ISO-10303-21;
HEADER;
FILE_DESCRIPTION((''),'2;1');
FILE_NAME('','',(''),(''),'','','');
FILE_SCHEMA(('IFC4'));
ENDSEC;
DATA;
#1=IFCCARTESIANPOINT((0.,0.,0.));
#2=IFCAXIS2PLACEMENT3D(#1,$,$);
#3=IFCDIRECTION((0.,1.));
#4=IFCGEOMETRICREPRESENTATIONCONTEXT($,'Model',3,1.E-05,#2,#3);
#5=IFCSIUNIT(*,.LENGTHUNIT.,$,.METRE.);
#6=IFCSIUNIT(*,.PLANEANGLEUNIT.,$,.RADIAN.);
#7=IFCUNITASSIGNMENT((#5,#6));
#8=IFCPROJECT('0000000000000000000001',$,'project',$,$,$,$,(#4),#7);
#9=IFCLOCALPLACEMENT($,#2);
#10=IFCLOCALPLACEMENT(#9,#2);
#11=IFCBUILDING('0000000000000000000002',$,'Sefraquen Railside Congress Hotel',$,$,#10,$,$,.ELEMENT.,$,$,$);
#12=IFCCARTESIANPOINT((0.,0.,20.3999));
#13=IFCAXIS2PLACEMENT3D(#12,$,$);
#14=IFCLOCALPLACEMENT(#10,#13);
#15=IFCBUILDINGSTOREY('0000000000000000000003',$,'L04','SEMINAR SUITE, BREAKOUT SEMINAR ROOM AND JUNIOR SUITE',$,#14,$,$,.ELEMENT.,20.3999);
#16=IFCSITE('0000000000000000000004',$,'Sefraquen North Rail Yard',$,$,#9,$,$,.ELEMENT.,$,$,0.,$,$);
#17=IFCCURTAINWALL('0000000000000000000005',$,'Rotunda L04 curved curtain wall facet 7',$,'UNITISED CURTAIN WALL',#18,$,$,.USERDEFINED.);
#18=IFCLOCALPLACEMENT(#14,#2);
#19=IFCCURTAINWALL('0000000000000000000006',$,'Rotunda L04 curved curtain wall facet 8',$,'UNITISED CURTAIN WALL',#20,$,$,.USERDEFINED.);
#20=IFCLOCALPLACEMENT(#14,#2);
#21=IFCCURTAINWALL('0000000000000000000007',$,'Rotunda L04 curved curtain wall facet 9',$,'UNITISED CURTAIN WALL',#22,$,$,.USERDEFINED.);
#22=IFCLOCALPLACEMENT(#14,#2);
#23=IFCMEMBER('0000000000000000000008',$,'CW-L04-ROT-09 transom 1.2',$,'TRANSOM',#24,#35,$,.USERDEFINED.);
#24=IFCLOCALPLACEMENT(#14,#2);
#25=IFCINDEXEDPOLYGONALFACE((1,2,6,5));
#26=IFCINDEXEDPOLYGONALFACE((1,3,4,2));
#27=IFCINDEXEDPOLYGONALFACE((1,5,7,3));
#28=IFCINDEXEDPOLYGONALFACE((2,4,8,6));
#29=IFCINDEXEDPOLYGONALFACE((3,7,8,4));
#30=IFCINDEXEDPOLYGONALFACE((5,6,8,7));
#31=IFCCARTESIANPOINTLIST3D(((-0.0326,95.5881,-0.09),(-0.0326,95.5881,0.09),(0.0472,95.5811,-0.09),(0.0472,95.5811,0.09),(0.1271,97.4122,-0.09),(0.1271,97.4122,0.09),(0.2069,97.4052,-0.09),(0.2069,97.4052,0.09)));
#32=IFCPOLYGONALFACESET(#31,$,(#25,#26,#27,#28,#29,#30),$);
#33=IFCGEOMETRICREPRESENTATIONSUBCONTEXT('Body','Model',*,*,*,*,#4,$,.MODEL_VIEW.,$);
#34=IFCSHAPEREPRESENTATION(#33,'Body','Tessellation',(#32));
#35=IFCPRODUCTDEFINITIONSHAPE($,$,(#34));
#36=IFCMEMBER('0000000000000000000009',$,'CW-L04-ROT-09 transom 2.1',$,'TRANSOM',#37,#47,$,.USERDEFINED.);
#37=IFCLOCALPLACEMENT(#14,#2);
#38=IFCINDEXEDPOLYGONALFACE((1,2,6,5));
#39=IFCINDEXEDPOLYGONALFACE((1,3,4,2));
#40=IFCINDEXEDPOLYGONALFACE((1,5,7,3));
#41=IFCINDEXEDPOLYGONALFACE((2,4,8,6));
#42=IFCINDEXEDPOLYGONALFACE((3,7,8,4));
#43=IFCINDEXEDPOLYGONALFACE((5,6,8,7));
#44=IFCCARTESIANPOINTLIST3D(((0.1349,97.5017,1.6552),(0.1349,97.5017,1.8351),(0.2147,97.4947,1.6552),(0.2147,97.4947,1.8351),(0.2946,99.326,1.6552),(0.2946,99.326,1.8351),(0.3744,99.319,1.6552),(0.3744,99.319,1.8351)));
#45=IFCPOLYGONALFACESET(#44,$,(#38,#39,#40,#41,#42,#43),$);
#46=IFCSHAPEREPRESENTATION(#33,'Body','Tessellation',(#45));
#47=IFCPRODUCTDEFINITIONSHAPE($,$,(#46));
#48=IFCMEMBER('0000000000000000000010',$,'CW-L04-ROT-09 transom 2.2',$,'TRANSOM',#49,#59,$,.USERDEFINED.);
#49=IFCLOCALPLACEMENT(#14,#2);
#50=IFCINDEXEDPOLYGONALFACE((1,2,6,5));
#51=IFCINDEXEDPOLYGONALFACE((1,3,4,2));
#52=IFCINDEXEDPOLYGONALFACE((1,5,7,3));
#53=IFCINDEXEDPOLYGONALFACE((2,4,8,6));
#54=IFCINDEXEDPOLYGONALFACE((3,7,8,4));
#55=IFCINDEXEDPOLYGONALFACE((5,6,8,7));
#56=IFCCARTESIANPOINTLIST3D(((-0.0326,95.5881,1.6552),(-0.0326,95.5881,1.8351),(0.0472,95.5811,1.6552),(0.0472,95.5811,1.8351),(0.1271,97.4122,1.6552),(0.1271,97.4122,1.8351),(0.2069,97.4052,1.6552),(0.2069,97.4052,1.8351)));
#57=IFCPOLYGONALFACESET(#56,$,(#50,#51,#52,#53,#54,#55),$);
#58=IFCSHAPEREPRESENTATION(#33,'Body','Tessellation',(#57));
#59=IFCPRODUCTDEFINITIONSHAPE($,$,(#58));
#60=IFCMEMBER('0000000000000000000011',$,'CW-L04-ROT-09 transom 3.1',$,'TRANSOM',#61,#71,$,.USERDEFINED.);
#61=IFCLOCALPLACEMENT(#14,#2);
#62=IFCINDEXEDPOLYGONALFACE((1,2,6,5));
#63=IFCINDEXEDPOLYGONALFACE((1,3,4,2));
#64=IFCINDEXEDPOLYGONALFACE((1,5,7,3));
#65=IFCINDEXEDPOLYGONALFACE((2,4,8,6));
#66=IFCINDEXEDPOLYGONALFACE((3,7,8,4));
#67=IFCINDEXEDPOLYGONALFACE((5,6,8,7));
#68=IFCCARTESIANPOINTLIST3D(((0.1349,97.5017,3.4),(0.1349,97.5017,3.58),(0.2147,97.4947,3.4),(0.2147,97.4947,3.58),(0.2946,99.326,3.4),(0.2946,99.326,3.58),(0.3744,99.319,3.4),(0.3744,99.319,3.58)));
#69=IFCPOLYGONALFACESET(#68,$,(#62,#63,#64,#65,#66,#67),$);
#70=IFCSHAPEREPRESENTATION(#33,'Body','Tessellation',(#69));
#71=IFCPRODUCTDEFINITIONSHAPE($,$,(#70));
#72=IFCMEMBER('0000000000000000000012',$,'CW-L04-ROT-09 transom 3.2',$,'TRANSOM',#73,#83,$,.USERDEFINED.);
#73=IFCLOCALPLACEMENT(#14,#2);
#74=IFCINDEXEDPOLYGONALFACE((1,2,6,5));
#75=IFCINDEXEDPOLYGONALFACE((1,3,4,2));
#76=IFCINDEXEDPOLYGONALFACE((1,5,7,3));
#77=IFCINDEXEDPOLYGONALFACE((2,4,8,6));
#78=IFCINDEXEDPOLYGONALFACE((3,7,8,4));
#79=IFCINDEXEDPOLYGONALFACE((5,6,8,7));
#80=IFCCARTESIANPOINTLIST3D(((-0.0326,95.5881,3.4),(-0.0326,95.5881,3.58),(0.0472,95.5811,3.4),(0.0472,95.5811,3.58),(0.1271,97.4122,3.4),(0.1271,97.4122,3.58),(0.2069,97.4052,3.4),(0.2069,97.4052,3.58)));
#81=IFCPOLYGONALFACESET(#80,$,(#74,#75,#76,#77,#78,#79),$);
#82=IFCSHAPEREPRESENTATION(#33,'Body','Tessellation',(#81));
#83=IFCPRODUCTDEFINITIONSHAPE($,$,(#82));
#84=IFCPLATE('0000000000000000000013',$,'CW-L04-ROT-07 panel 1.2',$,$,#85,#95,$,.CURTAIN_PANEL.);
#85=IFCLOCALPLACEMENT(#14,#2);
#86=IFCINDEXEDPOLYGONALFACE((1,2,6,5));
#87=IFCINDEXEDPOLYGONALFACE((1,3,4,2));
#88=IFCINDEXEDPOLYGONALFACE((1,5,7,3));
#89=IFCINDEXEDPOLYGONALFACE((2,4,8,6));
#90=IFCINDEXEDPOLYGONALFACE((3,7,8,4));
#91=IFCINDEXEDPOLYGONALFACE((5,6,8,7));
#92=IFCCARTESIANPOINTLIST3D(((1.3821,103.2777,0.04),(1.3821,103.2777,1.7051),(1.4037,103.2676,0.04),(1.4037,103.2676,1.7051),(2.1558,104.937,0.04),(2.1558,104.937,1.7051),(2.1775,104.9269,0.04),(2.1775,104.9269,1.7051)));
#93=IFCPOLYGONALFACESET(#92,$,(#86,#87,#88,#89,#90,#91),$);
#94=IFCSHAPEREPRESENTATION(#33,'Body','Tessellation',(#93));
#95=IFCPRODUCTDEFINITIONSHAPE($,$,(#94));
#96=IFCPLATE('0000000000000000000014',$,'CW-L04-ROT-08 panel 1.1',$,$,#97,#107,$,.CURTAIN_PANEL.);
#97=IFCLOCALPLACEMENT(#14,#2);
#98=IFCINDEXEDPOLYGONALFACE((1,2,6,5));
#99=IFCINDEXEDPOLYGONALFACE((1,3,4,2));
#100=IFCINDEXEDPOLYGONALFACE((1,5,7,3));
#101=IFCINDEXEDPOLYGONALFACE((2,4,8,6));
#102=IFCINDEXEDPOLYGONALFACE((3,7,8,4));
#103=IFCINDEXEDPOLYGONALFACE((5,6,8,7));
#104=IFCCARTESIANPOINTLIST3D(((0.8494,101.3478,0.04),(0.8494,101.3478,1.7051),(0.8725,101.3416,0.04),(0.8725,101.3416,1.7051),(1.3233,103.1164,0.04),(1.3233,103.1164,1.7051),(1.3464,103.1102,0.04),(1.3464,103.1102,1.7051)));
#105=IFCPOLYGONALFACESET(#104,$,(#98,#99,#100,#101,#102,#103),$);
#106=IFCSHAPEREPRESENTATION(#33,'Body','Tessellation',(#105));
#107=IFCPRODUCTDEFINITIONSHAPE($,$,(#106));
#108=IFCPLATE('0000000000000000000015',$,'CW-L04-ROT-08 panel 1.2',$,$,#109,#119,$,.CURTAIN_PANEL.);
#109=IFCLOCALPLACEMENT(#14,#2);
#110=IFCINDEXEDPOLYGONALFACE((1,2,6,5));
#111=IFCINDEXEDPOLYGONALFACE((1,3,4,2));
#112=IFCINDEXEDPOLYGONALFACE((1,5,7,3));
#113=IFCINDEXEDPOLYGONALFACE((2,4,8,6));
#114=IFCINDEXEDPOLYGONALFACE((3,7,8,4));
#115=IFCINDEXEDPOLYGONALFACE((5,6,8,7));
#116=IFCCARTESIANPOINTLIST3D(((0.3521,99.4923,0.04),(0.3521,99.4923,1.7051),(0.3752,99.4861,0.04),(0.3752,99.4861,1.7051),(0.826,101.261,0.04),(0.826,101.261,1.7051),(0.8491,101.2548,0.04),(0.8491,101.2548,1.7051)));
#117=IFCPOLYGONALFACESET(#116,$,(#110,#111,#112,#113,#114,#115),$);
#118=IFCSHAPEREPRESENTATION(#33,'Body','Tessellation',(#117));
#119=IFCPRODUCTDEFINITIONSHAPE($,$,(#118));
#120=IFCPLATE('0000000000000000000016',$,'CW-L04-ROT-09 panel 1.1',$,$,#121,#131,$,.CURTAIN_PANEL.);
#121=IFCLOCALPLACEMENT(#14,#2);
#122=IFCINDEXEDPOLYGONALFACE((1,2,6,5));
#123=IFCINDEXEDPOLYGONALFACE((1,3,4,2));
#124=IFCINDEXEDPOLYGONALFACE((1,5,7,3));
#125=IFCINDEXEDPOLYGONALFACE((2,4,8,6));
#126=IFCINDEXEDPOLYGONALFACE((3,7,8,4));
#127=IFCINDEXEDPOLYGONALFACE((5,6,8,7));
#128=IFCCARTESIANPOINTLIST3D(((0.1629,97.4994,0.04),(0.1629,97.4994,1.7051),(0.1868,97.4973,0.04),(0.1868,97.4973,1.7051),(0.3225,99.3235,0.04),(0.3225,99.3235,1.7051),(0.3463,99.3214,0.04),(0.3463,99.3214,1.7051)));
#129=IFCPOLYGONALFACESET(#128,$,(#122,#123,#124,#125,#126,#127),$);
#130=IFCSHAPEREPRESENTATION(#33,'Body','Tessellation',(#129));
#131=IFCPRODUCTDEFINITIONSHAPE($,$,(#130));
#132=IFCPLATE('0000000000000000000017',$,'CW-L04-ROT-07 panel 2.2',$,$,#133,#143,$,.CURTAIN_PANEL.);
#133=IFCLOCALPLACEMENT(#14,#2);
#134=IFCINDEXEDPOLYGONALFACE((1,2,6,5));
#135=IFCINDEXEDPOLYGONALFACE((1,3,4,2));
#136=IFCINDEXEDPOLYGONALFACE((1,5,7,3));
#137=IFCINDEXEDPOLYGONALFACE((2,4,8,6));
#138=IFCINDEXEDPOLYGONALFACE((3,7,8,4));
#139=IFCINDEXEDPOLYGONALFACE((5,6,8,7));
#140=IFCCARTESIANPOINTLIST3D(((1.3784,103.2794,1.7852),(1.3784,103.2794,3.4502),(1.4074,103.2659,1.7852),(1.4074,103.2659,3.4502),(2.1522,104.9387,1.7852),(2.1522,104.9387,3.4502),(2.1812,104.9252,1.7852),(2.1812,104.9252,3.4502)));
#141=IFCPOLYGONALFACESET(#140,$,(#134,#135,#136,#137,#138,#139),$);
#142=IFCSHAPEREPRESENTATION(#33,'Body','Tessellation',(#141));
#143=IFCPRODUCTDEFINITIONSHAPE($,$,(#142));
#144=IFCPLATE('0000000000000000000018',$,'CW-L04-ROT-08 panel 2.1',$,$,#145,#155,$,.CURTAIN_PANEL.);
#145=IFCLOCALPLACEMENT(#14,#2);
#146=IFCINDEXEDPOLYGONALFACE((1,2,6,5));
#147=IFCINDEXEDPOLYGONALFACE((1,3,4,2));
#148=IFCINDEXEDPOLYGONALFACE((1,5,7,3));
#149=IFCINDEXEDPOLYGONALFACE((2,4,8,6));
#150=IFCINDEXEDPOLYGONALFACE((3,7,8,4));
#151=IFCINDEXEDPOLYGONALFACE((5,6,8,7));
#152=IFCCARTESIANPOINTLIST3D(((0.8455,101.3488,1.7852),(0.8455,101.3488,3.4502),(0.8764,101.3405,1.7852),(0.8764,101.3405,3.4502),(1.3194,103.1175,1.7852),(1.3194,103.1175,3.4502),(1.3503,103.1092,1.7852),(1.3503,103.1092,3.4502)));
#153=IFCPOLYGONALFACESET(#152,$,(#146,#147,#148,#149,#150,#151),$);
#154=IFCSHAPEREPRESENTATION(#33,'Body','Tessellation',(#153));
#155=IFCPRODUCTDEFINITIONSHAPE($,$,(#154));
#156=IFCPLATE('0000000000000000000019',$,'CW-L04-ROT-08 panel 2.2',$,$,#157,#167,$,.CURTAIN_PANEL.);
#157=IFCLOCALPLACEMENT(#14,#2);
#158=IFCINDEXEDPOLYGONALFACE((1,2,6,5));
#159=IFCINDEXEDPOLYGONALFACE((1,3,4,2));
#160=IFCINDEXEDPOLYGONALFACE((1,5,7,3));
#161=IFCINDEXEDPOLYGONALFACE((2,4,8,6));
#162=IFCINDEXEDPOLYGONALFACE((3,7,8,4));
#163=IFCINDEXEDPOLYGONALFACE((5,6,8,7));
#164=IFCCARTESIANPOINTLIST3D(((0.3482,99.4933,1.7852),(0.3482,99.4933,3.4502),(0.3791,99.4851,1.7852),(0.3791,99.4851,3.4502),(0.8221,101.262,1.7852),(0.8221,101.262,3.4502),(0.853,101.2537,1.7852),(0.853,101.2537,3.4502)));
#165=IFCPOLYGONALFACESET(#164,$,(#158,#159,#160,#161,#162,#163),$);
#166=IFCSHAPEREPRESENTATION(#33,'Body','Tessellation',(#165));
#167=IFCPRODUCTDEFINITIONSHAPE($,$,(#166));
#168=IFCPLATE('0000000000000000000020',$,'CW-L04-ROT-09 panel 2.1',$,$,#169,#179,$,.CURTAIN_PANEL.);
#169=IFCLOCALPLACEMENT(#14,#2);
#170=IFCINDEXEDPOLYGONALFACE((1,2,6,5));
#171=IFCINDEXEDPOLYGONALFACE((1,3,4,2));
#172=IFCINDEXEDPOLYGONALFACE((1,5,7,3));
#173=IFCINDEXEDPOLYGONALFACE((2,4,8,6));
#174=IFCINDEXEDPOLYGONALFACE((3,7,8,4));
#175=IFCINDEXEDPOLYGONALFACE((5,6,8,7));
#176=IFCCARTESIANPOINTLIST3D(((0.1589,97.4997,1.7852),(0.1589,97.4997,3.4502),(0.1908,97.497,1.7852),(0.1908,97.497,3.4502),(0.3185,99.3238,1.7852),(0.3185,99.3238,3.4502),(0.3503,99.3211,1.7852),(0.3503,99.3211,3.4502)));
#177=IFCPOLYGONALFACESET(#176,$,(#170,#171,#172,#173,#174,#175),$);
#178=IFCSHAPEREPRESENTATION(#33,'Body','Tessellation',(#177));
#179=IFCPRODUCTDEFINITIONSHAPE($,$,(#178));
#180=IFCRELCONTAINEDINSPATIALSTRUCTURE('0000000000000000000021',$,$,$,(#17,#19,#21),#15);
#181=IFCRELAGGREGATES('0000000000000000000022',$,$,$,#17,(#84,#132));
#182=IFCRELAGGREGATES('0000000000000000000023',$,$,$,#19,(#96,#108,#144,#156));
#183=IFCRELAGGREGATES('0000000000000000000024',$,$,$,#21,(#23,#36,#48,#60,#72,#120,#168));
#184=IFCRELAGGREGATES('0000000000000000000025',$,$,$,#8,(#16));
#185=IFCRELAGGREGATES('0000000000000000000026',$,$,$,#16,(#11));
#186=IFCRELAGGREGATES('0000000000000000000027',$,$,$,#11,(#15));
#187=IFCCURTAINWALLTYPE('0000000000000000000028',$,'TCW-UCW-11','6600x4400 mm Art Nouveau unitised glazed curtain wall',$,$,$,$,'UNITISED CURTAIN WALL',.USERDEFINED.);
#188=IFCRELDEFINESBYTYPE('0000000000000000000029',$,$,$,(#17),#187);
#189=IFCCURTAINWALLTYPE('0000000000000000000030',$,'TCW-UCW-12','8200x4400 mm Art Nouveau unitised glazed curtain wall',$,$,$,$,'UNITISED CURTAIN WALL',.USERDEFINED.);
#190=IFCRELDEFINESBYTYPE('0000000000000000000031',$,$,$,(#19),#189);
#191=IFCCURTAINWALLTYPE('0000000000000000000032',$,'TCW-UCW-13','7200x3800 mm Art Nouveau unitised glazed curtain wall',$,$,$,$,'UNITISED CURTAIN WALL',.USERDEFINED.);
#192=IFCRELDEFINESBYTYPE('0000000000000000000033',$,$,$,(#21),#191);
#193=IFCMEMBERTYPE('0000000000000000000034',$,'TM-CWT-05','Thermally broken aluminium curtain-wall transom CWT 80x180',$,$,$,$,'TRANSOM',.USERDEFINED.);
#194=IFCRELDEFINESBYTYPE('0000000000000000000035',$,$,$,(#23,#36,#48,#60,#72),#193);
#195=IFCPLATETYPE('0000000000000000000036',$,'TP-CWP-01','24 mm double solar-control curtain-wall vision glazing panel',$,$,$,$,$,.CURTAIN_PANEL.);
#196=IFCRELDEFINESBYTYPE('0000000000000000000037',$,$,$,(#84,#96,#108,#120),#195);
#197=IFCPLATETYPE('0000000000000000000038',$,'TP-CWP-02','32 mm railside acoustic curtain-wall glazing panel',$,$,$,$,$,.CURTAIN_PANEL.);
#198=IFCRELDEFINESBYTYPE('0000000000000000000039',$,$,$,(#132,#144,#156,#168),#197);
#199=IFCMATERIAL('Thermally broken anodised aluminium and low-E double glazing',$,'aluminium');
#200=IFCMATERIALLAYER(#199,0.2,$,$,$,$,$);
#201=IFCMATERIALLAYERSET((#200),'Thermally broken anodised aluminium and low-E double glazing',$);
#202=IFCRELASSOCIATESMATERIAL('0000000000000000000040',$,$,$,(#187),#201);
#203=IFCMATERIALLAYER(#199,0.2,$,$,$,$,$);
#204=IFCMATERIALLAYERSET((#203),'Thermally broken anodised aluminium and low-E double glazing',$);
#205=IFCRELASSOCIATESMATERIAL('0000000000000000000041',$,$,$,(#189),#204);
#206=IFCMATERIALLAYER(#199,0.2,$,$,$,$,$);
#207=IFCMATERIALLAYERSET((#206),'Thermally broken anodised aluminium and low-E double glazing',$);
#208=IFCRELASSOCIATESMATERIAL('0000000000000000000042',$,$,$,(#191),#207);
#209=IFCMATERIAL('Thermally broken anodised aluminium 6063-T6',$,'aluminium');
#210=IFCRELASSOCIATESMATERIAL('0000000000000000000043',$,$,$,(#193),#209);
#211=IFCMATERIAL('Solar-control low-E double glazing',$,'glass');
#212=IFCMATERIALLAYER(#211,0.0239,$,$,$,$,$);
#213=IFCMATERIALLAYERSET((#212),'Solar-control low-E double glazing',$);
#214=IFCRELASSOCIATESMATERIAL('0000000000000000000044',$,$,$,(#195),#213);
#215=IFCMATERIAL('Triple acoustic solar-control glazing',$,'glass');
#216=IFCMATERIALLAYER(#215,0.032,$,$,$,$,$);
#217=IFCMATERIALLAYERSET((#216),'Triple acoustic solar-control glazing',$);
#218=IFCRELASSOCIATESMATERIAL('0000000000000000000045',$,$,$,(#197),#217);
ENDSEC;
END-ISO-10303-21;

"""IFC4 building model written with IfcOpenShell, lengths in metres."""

from ifc_helpers import new_model, si_unit, direction, frame, origin, origin_2d, place, context, subcontext, project, spatial, rectangle, extrude, material, layer, layer_set, material_profile, profile_set, type_object, element, aggregate, save


model = new_model("IFC4")

# Units and contexts
model_context = context("Model", 3, precision=1e-05, world=origin(), true_north=direction((0.0, 1.0)))
body_context = subcontext(model_context, "Body", "Model", "MODEL_VIEW")
ifc_project = project(units=[si_unit("LENGTHUNIT", "METRE"), si_unit("PLANEANGLEUNIT", "RADIAN")], contexts=[model_context])

# Site, building, storey
site_placement = place(None, origin())
site = spatial("IfcSite", under=ifc_project, at=site_placement, Name="Sefraquen North Rail Yard", CompositionType="ELEMENT", RefElevation=0.0)
building_placement = place(site_placement, origin())
building = spatial("IfcBuilding", under=site, at=building_placement, Name="Sefraquen Railside Congress Hotel", CompositionType="ELEMENT")
storey_placement = place(building_placement, frame((0.0, 0.0, 20.3999)))
storey = spatial("IfcBuildingStorey", under=building, at=storey_placement, Name="L04", Description="SEMINAR SUITE, BREAKOUT SEMINAR ROOM AND JUNIOR SUITE", CompositionType="ELEMENT", Elevation=20.3999)

# Curtain walls
ifc_material_1 = material(Name="Thermally broken anodised aluminium and low-E double glazing", Category="aluminium")
ifc_layer_1 = layer(ifc_material_1, 0.2)
ifc_layer_set_1 = layer_set([ifc_layer_1], Name="Thermally broken anodised aluminium and low-E double glazing")
curtain_wall_type_1 = type_object("IfcCurtainWallType", Name="TCW-UCW-11", Description="6600x4400 mm Art Nouveau unitised glazed curtain wall", ElementType="UNITISED CURTAIN WALL", PredefinedType="USERDEFINED", material=ifc_layer_set_1)
curtain_wall_1_placement = place(storey_placement, origin())
curtain_wall_1 = element("IfcCurtainWall", 1, at=curtain_wall_1_placement, inside=storey, type_object=curtain_wall_type_1, Name="Rotunda L04 curved curtain wall facet 7", ObjectType="UNITISED CURTAIN WALL", PredefinedType="USERDEFINED")
ifc_material_2 = material(Name="Thermally broken anodised aluminium 6063-T6", Category="aluminium")
ifc_layer_2 = layer(ifc_material_1, 0.2)
ifc_layer_set_2 = layer_set([ifc_layer_2], Name="Thermally broken anodised aluminium and low-E double glazing")
curtain_wall_type_2 = type_object("IfcCurtainWallType", Name="TCW-UCW-12", Description="8200x4400 mm Art Nouveau unitised glazed curtain wall", ElementType="UNITISED CURTAIN WALL", PredefinedType="USERDEFINED", material=ifc_layer_set_2)
curtain_wall_2_placement = place(storey_placement, origin())
curtain_wall_2 = element("IfcCurtainWall", 2, at=curtain_wall_2_placement, inside=storey, type_object=curtain_wall_type_2, Name="Rotunda L04 curved curtain wall facet 8", ObjectType="UNITISED CURTAIN WALL", PredefinedType="USERDEFINED")
ifc_layer_3 = layer(ifc_material_1, 0.2)
ifc_layer_set_3 = layer_set([ifc_layer_3], Name="Thermally broken anodised aluminium and low-E double glazing")
curtain_wall_type_3 = type_object("IfcCurtainWallType", Name="TCW-UCW-13", Description="7200x3800 mm Art Nouveau unitised glazed curtain wall", ElementType="UNITISED CURTAIN WALL", PredefinedType="USERDEFINED", material=ifc_layer_set_3)
curtain_wall_3_placement = place(storey_placement, origin())
curtain_wall_3 = element("IfcCurtainWall", 3, at=curtain_wall_3_placement, inside=storey, type_object=curtain_wall_type_3, Name="Rotunda L04 curved curtain wall facet 9", ObjectType="UNITISED CURTAIN WALL", PredefinedType="USERDEFINED")

# Members
ifc_material_profile_1 = material_profile(ifc_material_2, rectangle(XDim=0.0801, YDim=0.1799, at=origin_2d()), Name="CWT 80x180")
ifc_profile_set_1 = profile_set([ifc_material_profile_1], Name="Thermally broken anodised aluminium 6063-T6")
member_type_1 = type_object("IfcMemberType", Name="TM-CWT-05", Description="Thermally broken aluminium curtain-wall transom CWT 80x180", ElementType="TRANSOM", PredefinedType="USERDEFINED", material=ifc_profile_set_1)
member_1_placement = place(storey_placement, frame((0.167, 97.4087, 0.0), z_axis=(-0.087205, -0.99619, 0.0), x_axis=(0.99619, -0.087205, 0.0)))
member_1 = element("IfcMember", 4, at=member_1_placement, type_object=member_type_1, Name="CW-L04-ROT-09 transom 1.2", ObjectType="TRANSOM", PredefinedType="USERDEFINED", context=body_context, shape_type="SweptSolid", body=[
    extrude(rectangle(XDim=0.0801, YDim=0.1799, at=origin_2d()), origin(), (0.0, 0.0, 1.0), 1.8311),
])
member_2_placement = place(storey_placement, frame((0.3345, 99.3225, 1.7451), z_axis=(-0.087193, -0.996191, 0.0), x_axis=(0.996191, -0.087193, 0.0)))
member_2 = element("IfcMember", 5, at=member_2_placement, type_object=member_type_1, Name="CW-L04-ROT-09 transom 2.1", ObjectType="TRANSOM", PredefinedType="USERDEFINED", context=body_context, shape_type="SweptSolid", body=[
    extrude(rectangle(XDim=0.0801, YDim=0.1799, at=origin_2d()), origin(), (0.0, 0.0, 1.0), 1.8313),
])
member_3_placement = place(storey_placement, frame((0.167, 97.4087, 1.7451), z_axis=(-0.087205, -0.99619, 0.0), x_axis=(0.99619, -0.087205, 0.0)))
member_3 = element("IfcMember", 6, at=member_3_placement, type_object=member_type_1, Name="CW-L04-ROT-09 transom 2.2", ObjectType="TRANSOM", PredefinedType="USERDEFINED", context=body_context, shape_type="SweptSolid", body=[
    extrude(rectangle(XDim=0.0801, YDim=0.1799, at=origin_2d()), origin(), (0.0, 0.0, 1.0), 1.8311),
])
member_4_placement = place(storey_placement, frame((0.3345, 99.3225, 3.49), z_axis=(-0.087193, -0.996191, 0.0), x_axis=(0.996191, -0.087193, 0.0)))
member_4 = element("IfcMember", 7, at=member_4_placement, type_object=member_type_1, Name="CW-L04-ROT-09 transom 3.1", ObjectType="TRANSOM", PredefinedType="USERDEFINED", context=body_context, shape_type="SweptSolid", body=[
    extrude(rectangle(XDim=0.0801, YDim=0.1799, at=origin_2d()), origin(), (0.0, 0.0, 1.0), 1.8313),
])
member_5_placement = place(storey_placement, frame((0.167, 97.4087, 3.49), z_axis=(-0.087205, -0.99619, 0.0), x_axis=(0.99619, -0.087205, 0.0)))
member_5 = element("IfcMember", 8, at=member_5_placement, type_object=member_type_1, Name="CW-L04-ROT-09 transom 3.2", ObjectType="TRANSOM", PredefinedType="USERDEFINED", context=body_context, shape_type="SweptSolid", body=[
    extrude(rectangle(XDim=0.0801, YDim=0.1799, at=origin_2d()), origin(), (0.0, 0.0, 1.0), 1.8311),
])

# Plates
ifc_material_3 = material(Name="Solar-control low-E double glazing", Category="glass")
ifc_layer_4 = layer(ifc_material_3, 0.0239)
ifc_layer_set_4 = layer_set([ifc_layer_4], Name="Solar-control low-E double glazing")
plate_type_1 = type_object("IfcPlateType", Name="TP-CWP-01", Description="24 mm double solar-control curtain-wall vision glazing panel", PredefinedType="CURTAIN_PANEL", material=ifc_layer_set_4)
plate_1_placement = place(storey_placement, frame((1.7798, 104.1023, 0.04), z_axis=(0.0, 0.0, 1.0), x_axis=(-0.422634, -0.9063, 0.0)))
plate_1 = element("IfcPlate", 9, at=plate_1_placement, type_object=plate_type_1, Name="CW-L04-ROT-07 panel 1.2", PredefinedType="CURTAIN_PANEL", context=body_context, shape_type="SweptSolid", body=[
    extrude(rectangle(XDim=1.8308, YDim=0.0239, at=origin_2d()), origin(), (0.0, 0.0, 1.0), 1.665),
])
plate_2_placement = place(storey_placement, frame((1.0979, 102.229, 0.04), z_axis=(0.0, 0.0, 1.0), x_axis=(-0.258785, -0.965935, 0.0)))
plate_2 = element("IfcPlate", 10, at=plate_2_placement, type_object=plate_type_1, Name="CW-L04-ROT-08 panel 1.1", PredefinedType="CURTAIN_PANEL", context=body_context, shape_type="SweptSolid", body=[
    extrude(rectangle(XDim=1.8311, YDim=0.0239, at=origin_2d()), origin(), (0.0, 0.0, 1.0), 1.665),
])
plate_3_placement = place(storey_placement, frame((0.6006, 100.3735, 0.04), z_axis=(0.0, 0.0, 1.0), x_axis=(-0.258785, -0.965935, 0.0)))
plate_3 = element("IfcPlate", 11, at=plate_3_placement, type_object=plate_type_1, Name="CW-L04-ROT-08 panel 1.2", PredefinedType="CURTAIN_PANEL", context=body_context, shape_type="SweptSolid", body=[
    extrude(rectangle(XDim=1.8311, YDim=0.0239, at=origin_2d()), origin(), (0.0, 0.0, 1.0), 1.665),
])
plate_4_placement = place(storey_placement, frame((0.2546, 98.4104, 0.04), z_axis=(0.0, 0.0, 1.0), x_axis=(-0.087138, -0.996196, 0.0)))
plate_4 = element("IfcPlate", 12, at=plate_4_placement, type_object=plate_type_1, Name="CW-L04-ROT-09 panel 1.1", PredefinedType="CURTAIN_PANEL", context=body_context, shape_type="SweptSolid", body=[
    extrude(rectangle(XDim=1.8311, YDim=0.0239, at=origin_2d()), origin(), (0.0, 0.0, 1.0), 1.665),
])
ifc_material_4 = material(Name="Triple acoustic solar-control glazing", Category="glass")
ifc_layer_5 = layer(ifc_material_4, 0.032)
ifc_layer_set_5 = layer_set([ifc_layer_5], Name="Triple acoustic solar-control glazing")
plate_type_2 = type_object("IfcPlateType", Name="TP-CWP-02", Description="32 mm railside acoustic curtain-wall glazing panel", PredefinedType="CURTAIN_PANEL", material=ifc_layer_set_5)
plate_5_placement = place(storey_placement, frame((1.7798, 104.1023, 1.7852), z_axis=(0.0, 0.0, 1.0), x_axis=(-0.422634, -0.9063, 0.0)))
plate_5 = element("IfcPlate", 13, at=plate_5_placement, type_object=plate_type_2, Name="CW-L04-ROT-07 panel 2.2", PredefinedType="CURTAIN_PANEL", context=body_context, shape_type="SweptSolid", body=[
    extrude(rectangle(XDim=1.8308, YDim=0.032, at=origin_2d()), origin(), (0.0, 0.0, 1.0), 1.665),
])
aggregate(curtain_wall_1, [plate_1, plate_5])
plate_6_placement = place(storey_placement, frame((1.0979, 102.229, 1.7852), z_axis=(0.0, 0.0, 1.0), x_axis=(-0.258785, -0.965935, 0.0)))
plate_6 = element("IfcPlate", 14, at=plate_6_placement, type_object=plate_type_2, Name="CW-L04-ROT-08 panel 2.1", PredefinedType="CURTAIN_PANEL", context=body_context, shape_type="SweptSolid", body=[
    extrude(rectangle(XDim=1.8311, YDim=0.032, at=origin_2d()), origin(), (0.0, 0.0, 1.0), 1.665),
])
plate_7_placement = place(storey_placement, frame((0.6006, 100.3735, 1.7852), z_axis=(0.0, 0.0, 1.0), x_axis=(-0.258785, -0.965935, 0.0)))
plate_7 = element("IfcPlate", 15, at=plate_7_placement, type_object=plate_type_2, Name="CW-L04-ROT-08 panel 2.2", PredefinedType="CURTAIN_PANEL", context=body_context, shape_type="SweptSolid", body=[
    extrude(rectangle(XDim=1.8311, YDim=0.032, at=origin_2d()), origin(), (0.0, 0.0, 1.0), 1.665),
])
aggregate(curtain_wall_2, [plate_2, plate_3, plate_6, plate_7])
plate_8_placement = place(storey_placement, frame((0.2546, 98.4104, 1.7852), z_axis=(0.0, 0.0, 1.0), x_axis=(-0.087138, -0.996196, 0.0)))
plate_8 = element("IfcPlate", 16, at=plate_8_placement, type_object=plate_type_2, Name="CW-L04-ROT-09 panel 2.1", PredefinedType="CURTAIN_PANEL", context=body_context, shape_type="SweptSolid", body=[
    extrude(rectangle(XDim=1.8311, YDim=0.032, at=origin_2d()), origin(), (0.0, 0.0, 1.0), 1.665),
])
aggregate(curtain_wall_3, [member_1, member_2, member_3, member_4, member_5, plate_4, plate_8])

save(model, "model.ifc")
